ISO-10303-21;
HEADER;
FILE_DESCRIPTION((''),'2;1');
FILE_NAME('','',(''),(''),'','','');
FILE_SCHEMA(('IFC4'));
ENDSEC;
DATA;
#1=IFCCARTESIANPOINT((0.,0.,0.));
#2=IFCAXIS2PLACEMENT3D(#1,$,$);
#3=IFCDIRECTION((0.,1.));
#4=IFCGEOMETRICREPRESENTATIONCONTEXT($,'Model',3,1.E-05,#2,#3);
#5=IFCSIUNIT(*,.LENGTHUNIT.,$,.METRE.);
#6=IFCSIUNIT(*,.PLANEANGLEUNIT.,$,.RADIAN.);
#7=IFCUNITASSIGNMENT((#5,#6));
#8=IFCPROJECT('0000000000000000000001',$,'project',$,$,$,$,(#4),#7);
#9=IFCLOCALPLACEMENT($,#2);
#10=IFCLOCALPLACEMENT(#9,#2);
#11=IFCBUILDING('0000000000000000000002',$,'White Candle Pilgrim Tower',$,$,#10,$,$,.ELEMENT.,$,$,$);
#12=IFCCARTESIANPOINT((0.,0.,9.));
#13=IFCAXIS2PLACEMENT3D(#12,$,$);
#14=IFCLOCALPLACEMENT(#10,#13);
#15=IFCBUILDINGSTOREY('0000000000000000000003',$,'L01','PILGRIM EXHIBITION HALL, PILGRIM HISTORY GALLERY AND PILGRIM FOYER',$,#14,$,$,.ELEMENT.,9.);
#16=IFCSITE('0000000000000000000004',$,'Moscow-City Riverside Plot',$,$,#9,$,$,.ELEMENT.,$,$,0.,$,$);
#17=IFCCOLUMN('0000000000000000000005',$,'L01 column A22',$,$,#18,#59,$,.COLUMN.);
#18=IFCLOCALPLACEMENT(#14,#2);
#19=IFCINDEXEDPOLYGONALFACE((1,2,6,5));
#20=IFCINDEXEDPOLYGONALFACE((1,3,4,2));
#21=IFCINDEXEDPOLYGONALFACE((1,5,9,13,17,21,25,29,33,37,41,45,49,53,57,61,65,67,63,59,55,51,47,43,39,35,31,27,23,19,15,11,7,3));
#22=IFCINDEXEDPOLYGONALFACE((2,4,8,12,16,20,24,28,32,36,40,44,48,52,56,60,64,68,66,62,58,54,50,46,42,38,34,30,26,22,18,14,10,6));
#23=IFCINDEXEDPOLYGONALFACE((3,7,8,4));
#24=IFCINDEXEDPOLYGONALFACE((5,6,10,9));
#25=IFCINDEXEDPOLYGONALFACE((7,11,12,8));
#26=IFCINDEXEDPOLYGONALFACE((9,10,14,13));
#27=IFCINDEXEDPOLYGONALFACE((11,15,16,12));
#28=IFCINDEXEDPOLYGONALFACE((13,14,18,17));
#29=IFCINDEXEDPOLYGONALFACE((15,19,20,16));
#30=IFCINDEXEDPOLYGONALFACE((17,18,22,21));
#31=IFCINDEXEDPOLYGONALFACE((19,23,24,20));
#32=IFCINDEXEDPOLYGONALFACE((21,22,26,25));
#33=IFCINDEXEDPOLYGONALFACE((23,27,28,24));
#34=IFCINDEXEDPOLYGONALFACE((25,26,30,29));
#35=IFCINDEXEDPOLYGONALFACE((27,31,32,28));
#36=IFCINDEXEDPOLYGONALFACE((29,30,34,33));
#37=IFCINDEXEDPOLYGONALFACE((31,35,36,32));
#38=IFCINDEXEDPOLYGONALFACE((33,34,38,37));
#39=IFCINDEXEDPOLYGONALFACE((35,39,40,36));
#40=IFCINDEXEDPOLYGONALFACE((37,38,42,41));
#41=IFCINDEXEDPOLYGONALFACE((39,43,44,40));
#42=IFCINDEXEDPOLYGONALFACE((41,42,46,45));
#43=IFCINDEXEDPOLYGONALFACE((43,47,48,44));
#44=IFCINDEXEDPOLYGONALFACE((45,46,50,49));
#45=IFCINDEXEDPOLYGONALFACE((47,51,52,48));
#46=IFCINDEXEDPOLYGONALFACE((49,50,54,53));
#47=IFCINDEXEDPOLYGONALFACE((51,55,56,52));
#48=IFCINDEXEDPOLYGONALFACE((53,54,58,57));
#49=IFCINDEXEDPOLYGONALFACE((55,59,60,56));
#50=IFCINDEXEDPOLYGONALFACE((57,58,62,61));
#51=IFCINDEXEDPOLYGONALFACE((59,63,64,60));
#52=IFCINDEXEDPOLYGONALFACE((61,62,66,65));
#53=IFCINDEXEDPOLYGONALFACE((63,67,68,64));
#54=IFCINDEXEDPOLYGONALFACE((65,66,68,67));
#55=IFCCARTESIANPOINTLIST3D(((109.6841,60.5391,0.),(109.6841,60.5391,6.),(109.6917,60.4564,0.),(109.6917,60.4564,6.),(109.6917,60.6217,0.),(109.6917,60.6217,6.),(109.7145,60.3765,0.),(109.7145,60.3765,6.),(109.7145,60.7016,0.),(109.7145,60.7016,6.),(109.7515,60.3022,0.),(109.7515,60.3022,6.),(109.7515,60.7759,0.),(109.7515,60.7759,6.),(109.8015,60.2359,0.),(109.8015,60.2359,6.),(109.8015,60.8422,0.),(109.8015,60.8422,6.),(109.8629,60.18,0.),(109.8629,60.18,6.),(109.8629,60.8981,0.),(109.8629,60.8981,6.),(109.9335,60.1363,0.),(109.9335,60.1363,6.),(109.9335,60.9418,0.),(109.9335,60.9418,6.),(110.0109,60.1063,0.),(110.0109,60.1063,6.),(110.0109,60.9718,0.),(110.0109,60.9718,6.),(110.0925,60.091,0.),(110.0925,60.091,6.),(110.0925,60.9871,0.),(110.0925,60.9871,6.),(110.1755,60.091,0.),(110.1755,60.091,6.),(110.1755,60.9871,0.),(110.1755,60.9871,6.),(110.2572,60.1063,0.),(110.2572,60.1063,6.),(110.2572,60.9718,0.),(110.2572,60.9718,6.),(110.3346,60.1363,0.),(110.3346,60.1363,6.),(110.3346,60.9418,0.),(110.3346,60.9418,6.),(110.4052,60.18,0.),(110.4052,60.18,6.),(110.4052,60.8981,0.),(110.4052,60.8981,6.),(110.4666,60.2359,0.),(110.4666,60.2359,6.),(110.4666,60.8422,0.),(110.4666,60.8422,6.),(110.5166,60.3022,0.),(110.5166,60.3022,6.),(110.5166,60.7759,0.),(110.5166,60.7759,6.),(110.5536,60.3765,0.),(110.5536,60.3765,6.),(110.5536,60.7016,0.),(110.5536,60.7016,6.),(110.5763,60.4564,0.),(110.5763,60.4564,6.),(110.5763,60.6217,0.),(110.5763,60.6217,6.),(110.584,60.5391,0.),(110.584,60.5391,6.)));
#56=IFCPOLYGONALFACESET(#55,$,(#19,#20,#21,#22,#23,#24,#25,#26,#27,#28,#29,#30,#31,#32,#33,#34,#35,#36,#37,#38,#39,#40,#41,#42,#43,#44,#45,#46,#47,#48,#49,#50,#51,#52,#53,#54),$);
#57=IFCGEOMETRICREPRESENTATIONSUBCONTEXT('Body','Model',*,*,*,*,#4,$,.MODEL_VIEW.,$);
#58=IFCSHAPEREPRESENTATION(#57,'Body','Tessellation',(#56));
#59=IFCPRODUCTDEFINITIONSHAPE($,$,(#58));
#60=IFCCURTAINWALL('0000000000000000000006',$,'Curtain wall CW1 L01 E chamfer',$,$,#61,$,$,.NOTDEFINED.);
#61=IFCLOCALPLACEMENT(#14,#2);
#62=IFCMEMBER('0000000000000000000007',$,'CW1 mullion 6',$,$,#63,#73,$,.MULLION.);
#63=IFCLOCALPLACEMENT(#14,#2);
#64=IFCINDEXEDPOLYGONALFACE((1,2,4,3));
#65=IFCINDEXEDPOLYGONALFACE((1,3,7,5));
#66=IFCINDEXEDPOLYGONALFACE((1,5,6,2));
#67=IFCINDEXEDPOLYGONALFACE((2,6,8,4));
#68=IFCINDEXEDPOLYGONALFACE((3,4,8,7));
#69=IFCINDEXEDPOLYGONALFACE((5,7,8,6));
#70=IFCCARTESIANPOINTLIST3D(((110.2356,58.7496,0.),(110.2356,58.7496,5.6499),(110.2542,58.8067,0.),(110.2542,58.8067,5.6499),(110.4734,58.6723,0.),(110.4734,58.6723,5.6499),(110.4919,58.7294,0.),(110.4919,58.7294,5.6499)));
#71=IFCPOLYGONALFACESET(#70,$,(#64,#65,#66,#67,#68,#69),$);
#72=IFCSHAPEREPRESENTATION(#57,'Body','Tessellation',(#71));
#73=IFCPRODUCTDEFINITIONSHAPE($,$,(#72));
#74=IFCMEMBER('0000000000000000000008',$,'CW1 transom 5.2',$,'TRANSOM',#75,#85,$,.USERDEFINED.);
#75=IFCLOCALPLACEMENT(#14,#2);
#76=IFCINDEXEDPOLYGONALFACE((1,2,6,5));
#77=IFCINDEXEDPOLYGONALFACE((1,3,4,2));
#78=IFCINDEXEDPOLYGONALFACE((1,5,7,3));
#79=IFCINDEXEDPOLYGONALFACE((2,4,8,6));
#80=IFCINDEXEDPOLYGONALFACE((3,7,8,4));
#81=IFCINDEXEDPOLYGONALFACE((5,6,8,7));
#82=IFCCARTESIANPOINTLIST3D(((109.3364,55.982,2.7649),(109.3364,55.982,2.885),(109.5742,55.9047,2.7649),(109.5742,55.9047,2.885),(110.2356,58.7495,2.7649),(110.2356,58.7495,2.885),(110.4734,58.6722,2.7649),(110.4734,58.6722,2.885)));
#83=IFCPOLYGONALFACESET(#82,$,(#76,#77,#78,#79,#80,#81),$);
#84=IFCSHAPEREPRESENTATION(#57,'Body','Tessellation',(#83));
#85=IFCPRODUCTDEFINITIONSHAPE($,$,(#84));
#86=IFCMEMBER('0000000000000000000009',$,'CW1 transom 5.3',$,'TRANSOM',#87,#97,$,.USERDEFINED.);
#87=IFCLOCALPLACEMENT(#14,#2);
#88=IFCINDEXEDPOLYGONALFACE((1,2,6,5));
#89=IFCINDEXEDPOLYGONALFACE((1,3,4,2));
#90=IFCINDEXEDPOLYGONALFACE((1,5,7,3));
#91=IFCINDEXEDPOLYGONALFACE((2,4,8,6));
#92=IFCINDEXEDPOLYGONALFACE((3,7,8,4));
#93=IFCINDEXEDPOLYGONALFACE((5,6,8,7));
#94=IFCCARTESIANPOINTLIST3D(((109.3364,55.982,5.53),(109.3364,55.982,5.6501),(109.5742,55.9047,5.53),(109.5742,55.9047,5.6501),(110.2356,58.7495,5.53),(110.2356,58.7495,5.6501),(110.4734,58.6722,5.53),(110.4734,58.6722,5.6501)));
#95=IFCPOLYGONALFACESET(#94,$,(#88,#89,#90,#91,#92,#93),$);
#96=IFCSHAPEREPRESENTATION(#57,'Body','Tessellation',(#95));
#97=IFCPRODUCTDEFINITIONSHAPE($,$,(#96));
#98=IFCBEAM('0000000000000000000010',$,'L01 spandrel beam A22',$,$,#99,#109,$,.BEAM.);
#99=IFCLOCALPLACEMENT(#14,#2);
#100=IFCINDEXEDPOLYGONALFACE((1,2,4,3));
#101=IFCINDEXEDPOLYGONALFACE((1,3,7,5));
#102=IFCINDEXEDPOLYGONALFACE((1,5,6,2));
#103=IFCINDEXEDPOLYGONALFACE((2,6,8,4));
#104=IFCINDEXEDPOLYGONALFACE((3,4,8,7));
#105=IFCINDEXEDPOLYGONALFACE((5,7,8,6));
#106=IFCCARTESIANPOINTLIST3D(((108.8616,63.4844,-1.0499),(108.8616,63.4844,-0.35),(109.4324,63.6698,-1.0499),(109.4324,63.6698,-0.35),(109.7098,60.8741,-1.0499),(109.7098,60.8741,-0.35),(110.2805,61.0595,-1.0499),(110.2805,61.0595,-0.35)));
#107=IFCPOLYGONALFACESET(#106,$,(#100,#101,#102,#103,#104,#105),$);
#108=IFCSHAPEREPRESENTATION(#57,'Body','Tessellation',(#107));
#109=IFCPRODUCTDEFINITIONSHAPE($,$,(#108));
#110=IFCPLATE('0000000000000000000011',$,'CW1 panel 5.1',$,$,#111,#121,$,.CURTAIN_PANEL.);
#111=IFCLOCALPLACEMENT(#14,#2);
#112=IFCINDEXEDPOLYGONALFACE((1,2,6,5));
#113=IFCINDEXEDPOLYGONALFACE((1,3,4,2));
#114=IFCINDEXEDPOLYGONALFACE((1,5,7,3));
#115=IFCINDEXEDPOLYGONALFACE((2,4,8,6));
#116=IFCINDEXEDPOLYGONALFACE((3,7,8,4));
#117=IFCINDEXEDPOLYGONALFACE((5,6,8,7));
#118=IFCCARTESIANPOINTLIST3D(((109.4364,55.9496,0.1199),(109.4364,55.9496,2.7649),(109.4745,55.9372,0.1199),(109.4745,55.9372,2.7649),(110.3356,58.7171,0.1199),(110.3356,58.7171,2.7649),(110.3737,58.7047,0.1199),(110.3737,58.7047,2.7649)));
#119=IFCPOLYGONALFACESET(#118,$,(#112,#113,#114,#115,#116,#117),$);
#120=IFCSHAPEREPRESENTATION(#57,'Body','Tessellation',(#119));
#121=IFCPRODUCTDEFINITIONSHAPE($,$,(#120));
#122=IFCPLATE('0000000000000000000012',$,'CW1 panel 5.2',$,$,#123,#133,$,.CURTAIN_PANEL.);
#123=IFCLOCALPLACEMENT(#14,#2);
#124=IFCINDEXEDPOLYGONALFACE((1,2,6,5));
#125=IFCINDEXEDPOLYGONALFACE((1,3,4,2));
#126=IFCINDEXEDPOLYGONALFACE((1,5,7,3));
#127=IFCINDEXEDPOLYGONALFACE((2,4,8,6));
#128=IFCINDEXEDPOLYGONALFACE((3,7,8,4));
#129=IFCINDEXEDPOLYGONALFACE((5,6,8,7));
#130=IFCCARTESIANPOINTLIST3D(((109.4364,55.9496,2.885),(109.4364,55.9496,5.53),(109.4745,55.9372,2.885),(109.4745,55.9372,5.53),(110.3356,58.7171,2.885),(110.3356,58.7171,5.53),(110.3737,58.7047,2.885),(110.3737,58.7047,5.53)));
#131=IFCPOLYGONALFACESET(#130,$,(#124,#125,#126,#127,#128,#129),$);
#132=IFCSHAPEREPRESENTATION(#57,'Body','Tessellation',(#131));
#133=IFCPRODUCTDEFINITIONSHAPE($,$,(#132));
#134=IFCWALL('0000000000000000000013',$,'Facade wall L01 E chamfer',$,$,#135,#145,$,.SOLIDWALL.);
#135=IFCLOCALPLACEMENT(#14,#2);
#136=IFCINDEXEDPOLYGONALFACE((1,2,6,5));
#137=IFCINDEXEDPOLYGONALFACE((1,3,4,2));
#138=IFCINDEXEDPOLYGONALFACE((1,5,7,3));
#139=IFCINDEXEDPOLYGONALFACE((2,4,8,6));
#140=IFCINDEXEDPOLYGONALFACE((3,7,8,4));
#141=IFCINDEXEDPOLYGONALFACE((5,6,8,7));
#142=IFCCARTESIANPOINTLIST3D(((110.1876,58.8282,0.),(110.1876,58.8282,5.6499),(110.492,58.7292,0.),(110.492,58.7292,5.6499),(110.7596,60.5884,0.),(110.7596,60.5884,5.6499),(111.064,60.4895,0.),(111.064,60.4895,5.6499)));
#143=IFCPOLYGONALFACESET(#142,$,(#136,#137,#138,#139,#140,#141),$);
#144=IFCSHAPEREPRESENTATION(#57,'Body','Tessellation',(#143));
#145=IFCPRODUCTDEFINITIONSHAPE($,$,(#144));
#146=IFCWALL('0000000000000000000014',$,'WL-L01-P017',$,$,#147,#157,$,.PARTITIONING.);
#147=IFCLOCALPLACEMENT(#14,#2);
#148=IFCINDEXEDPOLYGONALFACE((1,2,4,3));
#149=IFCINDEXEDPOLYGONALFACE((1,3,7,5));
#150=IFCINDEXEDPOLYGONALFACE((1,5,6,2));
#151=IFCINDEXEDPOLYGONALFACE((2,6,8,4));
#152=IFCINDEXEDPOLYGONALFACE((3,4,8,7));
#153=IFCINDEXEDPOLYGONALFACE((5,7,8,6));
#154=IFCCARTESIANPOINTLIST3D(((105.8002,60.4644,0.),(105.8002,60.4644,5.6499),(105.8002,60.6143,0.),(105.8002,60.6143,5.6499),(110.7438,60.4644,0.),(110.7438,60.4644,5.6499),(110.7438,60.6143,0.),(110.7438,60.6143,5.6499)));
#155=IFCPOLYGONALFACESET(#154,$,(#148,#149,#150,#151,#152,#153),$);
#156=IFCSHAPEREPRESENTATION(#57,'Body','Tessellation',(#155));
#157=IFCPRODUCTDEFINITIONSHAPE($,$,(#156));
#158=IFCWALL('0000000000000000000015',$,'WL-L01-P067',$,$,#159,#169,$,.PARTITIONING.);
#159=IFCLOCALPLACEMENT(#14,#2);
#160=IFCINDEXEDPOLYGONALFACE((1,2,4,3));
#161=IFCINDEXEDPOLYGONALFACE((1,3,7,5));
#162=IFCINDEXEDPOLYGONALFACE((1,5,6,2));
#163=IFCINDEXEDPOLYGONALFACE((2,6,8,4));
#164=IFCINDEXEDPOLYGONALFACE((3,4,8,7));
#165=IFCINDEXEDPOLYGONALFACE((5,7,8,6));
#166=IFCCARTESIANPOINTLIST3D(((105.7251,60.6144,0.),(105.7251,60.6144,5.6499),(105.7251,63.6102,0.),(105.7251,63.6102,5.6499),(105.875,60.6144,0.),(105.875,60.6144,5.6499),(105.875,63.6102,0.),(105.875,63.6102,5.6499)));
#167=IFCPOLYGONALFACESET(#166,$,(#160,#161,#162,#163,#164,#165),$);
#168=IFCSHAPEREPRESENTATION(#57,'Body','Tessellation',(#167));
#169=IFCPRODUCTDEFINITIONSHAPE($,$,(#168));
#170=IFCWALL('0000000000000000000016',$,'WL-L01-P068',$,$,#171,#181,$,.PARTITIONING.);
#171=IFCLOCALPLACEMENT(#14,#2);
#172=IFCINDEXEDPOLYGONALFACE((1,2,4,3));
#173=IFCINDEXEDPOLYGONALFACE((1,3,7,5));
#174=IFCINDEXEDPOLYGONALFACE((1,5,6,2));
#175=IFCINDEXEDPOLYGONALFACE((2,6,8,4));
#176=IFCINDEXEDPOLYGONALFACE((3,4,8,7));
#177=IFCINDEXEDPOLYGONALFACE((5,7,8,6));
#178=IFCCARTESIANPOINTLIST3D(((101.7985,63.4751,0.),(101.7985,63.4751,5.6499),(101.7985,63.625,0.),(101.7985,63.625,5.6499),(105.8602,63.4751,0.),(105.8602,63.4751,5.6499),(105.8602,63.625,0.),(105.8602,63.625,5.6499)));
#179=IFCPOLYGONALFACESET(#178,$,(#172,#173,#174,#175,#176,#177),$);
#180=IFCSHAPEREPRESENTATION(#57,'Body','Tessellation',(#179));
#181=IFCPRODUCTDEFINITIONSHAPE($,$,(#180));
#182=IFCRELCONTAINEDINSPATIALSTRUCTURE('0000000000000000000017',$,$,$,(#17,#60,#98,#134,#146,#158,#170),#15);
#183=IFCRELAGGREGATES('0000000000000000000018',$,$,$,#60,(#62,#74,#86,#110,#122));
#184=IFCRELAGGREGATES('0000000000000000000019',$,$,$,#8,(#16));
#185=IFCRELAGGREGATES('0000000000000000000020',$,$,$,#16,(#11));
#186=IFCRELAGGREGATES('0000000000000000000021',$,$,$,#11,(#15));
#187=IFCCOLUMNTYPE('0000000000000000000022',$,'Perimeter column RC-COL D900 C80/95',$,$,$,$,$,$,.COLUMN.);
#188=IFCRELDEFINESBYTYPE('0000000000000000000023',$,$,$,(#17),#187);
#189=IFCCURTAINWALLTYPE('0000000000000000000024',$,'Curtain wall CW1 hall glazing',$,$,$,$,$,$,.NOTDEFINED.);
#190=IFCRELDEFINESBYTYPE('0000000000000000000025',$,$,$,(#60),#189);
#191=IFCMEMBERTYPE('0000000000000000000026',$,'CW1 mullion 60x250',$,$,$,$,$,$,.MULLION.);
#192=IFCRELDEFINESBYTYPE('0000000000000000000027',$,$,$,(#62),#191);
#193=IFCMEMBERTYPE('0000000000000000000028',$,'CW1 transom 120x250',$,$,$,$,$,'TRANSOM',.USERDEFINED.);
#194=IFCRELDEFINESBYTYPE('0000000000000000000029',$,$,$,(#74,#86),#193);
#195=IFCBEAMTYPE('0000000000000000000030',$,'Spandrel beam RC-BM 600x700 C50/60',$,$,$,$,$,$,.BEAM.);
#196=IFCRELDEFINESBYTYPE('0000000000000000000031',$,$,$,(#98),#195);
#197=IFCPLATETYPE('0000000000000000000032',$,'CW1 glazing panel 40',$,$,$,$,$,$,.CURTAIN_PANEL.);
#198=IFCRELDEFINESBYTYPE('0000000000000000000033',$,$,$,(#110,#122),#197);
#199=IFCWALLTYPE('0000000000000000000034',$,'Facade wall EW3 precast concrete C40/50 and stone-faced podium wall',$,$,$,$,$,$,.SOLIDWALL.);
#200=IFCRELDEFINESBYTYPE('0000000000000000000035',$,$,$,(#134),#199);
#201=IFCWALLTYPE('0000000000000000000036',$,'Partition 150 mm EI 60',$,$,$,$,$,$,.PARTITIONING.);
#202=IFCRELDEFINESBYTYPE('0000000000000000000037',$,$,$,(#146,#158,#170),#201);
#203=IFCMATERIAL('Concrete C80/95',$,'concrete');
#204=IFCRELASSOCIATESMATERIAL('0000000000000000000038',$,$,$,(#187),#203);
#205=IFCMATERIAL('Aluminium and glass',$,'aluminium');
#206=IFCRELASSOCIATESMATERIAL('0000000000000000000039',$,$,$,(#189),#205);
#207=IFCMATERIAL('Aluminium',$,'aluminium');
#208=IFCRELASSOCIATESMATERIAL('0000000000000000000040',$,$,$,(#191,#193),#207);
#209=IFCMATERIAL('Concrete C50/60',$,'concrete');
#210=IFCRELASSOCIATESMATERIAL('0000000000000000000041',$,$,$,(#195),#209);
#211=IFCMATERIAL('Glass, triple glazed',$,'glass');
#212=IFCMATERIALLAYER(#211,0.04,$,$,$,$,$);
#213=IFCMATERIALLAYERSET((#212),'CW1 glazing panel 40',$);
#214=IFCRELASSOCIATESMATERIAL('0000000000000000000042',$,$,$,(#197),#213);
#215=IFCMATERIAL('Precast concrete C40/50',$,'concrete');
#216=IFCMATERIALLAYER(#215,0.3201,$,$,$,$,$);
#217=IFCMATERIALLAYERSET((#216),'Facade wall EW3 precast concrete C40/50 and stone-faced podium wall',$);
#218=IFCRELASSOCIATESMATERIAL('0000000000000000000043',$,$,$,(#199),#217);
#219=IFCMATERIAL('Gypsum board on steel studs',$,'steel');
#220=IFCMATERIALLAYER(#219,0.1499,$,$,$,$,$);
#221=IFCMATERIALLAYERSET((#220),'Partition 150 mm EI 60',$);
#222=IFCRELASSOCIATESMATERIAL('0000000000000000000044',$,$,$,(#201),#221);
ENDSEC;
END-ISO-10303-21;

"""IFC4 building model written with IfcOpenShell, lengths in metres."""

from ifc_helpers import new_model, si_unit, direction, frame, frame_2d, origin, origin_2d, place, context, subcontext, project, spatial, rectangle, circle, extrude, material, layer, layer_set, material_profile, profile_set, type_object, element, aggregate, save


model = new_model("IFC4")

# Units and contexts
model_context = context("Model", 3, precision=1e-05, world=origin(), true_north=direction((0.0, 1.0)))
body_context = subcontext(model_context, "Body", "Model", "MODEL_VIEW")
ifc_project = project(units=[si_unit("LENGTHUNIT", "METRE"), si_unit("PLANEANGLEUNIT", "RADIAN")], contexts=[model_context])

# Site, building, storey
site_placement = place(None, origin())
site = spatial("IfcSite", under=ifc_project, at=site_placement, Name="Moscow-City Riverside Plot", CompositionType="ELEMENT", RefElevation=0.0)
building_placement = place(site_placement, origin())
building = spatial("IfcBuilding", under=site, at=building_placement, Name="White Candle Pilgrim Tower", CompositionType="ELEMENT")
storey_placement = place(building_placement, frame((0.0, 0.0, 9.0)))
storey = spatial("IfcBuildingStorey", under=building, at=storey_placement, Name="L01", Description="PILGRIM EXHIBITION HALL, PILGRIM HISTORY GALLERY AND PILGRIM FOYER", CompositionType="ELEMENT", Elevation=9.0)

# Column
ifc_material_1 = material(Name="Concrete C80/95", Category="concrete")
ifc_material_profile_1 = material_profile(ifc_material_1, circle(Radius=0.45, at=origin_2d()), Name="RC-COL D900")
ifc_profile_set_1 = profile_set([ifc_material_profile_1], Name="Concrete C80/95")
column_type = type_object("IfcColumnType", Name="Perimeter column RC-COL D900 C80/95", PredefinedType="COLUMN", material=ifc_profile_set_1)
column_placement = place(storey_placement, frame((110.134, 60.5391, 0.0), z_axis=(0.0, 0.0, 1.0), x_axis=(1.0, 0.0, 0.0)))
element("IfcColumn", 1, at=column_placement, inside=storey, type_object=column_type, Name="L01 column A22", PredefinedType="COLUMN", context=body_context, shape_type="SweptSolid", body=[
    extrude(circle(Radius=0.45, at=origin_2d()), origin(), (0.0, 0.0, 1.0), 6.0),
])

# Curtain wall, members
ifc_material_2 = material(Name="Aluminium and glass", Category="aluminium")
curtain_wall_type = type_object("IfcCurtainWallType", Name="Curtain wall CW1 hall glazing", PredefinedType="NOTDEFINED", material=ifc_material_2)
curtain_wall_placement = place(storey_placement, origin())
curtain_wall = element("IfcCurtainWall", 2, at=curtain_wall_placement, inside=storey, type_object=curtain_wall_type, Name="Curtain wall CW1 L01 E chamfer", PredefinedType="NOTDEFINED")
ifc_material_3 = material(Name="Aluminium", Category="aluminium")
ifc_material_profile_2 = material_profile(ifc_material_3, rectangle(XDim=0.25, YDim=0.0601, at=origin_2d()), Name="CW1 mullion 60x250")
ifc_profile_set_2 = profile_set([ifc_material_profile_2], Name="Aluminium")
member_type_1 = type_object("IfcMemberType", Name="CW1 mullion 60x250", PredefinedType="MULLION", material=ifc_profile_set_2)
member_1_placement = place(storey_placement, frame((110.3638, 58.7395, 0.0), z_axis=(0.0, 0.0, 1.0), x_axis=(-0.951057, 0.309017, 0.0)))
member_1 = element("IfcMember", 3, at=member_1_placement, type_object=member_type_1, Name="CW1 mullion 6", PredefinedType="MULLION", context=body_context, shape_type="SweptSolid", body=[
    extrude(rectangle(XDim=0.25, YDim=0.0601, at=origin_2d()), origin(), (0.0, 0.0, 1.0), 5.6499),
])
ifc_material_profile_3 = material_profile(ifc_material_3, rectangle(XDim=0.25, YDim=0.1201, at=origin_2d()), Name="CW1 transom 120x250")
ifc_profile_set_3 = profile_set([ifc_material_profile_3], Name="Aluminium")
member_type_2 = type_object("IfcMemberType", Name="CW1 transom 120x250", ElementType="TRANSOM", PredefinedType="USERDEFINED", material=ifc_profile_set_3)
member_2_placement = place(storey_placement, frame((109.4553, 55.9434, 2.825), z_axis=(0.308995, 0.951064, 0.0), x_axis=(-0.951064, 0.308995, 0.0)))
member_2 = element("IfcMember", 4, at=member_2_placement, type_object=member_type_2, Name="CW1 transom 5.2", ObjectType="TRANSOM", PredefinedType="USERDEFINED", context=body_context, shape_type="SweptSolid", body=[
    extrude(rectangle(XDim=0.25, YDim=0.1201, at=origin_2d()), origin(), (0.0, 0.0, 1.0), 2.9099),
])
member_3_placement = place(storey_placement, frame((109.4553, 55.9434, 5.5901), z_axis=(0.308995, 0.951064, 0.0), x_axis=(-0.951064, 0.308995, 0.0)))
member_3 = element("IfcMember", 5, at=member_3_placement, type_object=member_type_2, Name="CW1 transom 5.3", ObjectType="TRANSOM", PredefinedType="USERDEFINED", context=body_context, shape_type="SweptSolid", body=[
    extrude(rectangle(XDim=0.25, YDim=0.1201, at=origin_2d()), origin(), (0.0, 0.0, 1.0), 2.9099),
])

# Beam
ifc_material_4 = material(Name="Concrete C50/60", Category="concrete")
ifc_material_profile_4 = material_profile(ifc_material_4, rectangle(XDim=0.6001, YDim=0.7, at=origin_2d()), Name="RC-BM 600x700")
ifc_profile_set_4 = profile_set([ifc_material_profile_4], Name="Concrete C50/60")
beam_type = type_object("IfcBeamType", Name="Spandrel beam RC-BM 600x700 C50/60", PredefinedType="BEAM", material=ifc_profile_set_4)
beam_placement = place(storey_placement, frame((109.9951, 60.9668, -0.7), z_axis=(-0.309014, 0.951058, 0.0), x_axis=(-0.951058, -0.309014, 0.0)))
element("IfcBeam", 6, at=beam_placement, inside=storey, type_object=beam_type, Name="L01 spandrel beam A22", PredefinedType="BEAM", context=body_context, shape_type="SweptSolid", body=[
    extrude(rectangle(XDim=0.6001, YDim=0.7, at=origin_2d()), origin(), (0.0, 0.0, 1.0), 2.7446),
])

# Plates
ifc_material_5 = material(Name="Glass, triple glazed", Category="glass")
ifc_layer_1 = layer(ifc_material_5, 0.04)
ifc_layer_set_1 = layer_set([ifc_layer_1], Name="CW1 glazing panel 40")
plate_type = type_object("IfcPlateType", Name="CW1 glazing panel 40", PredefinedType="CURTAIN_PANEL", material=ifc_layer_set_1)
plate_1_placement = place(storey_placement, frame((109.905, 57.3271, 0.1199), z_axis=(0.0, 0.0, 1.0), x_axis=(0.309017, 0.951057, 0.0)))
plate_1 = element("IfcPlate", 7, at=plate_1_placement, type_object=plate_type, Name="CW1 panel 5.1", PredefinedType="CURTAIN_PANEL", context=body_context, shape_type="SweptSolid", body=[
    extrude(rectangle(XDim=2.9099, YDim=0.04, at=origin_2d()), origin(), (0.0, 0.0, 1.0), 2.645),
])
plate_2_placement = place(storey_placement, frame((109.905, 57.3271, 2.885), z_axis=(0.0, 0.0, 1.0), x_axis=(0.309017, 0.951057, 0.0)))
plate_2 = element("IfcPlate", 8, at=plate_2_placement, type_object=plate_type, Name="CW1 panel 5.2", PredefinedType="CURTAIN_PANEL", context=body_context, shape_type="SweptSolid", body=[
    extrude(rectangle(XDim=2.9099, YDim=0.04, at=origin_2d()), origin(), (0.0, 0.0, 1.0), 2.645),
])
aggregate(curtain_wall, [member_1, member_2, member_3, plate_1, plate_2])

# Wall
ifc_material_6 = material(Name="Precast concrete C40/50", Category="concrete")
ifc_layer_2 = layer(ifc_material_6, 0.3201)
ifc_layer_set_2 = layer_set([ifc_layer_2], Name="Facade wall EW3 precast concrete C40/50 and stone-faced podium wall")
wall_type_1 = type_object("IfcWallType", Name="Facade wall EW3 precast concrete C40/50 and stone-faced podium wall", PredefinedType="SOLIDWALL", material=ifc_layer_set_2)
wall_1_placement = place(storey_placement, frame((110.3398, 58.7788, 0.0), z_axis=(0.0, 0.0, 1.0), x_axis=(0.309056, 0.951044, 0.0)))
element("IfcWall", 9, at=wall_1_placement, inside=storey, type_object=wall_type_1, Name="Facade wall L01 E chamfer", PredefinedType="SOLIDWALL", context=body_context, shape_type="SweptSolid", body=[
    extrude(rectangle(XDim=1.8508, YDim=0.3201, at=frame_2d((0.9253, 0.0))), origin(), (0.0, 0.0, 1.0), 5.6499),
])

# Walls
ifc_material_7 = material(Name="Gypsum board on steel studs", Category="steel")
ifc_layer_3 = layer(ifc_material_7, 0.1499)
ifc_layer_set_3 = layer_set([ifc_layer_3], Name="Partition 150 mm EI 60")
wall_type_2 = type_object("IfcWallType", Name="Partition 150 mm EI 60", PredefinedType="PARTITIONING", material=ifc_layer_set_3)
wall_2_placement = place(storey_placement, frame((110.7437, 60.5393, 0.0), z_axis=(0.0, 0.0, 1.0), x_axis=(-1.0, 0.0, 0.0)))
element("IfcWall", 10, at=wall_2_placement, inside=storey, type_object=wall_type_2, Name="WL-L01-P017", PredefinedType="PARTITIONING", context=body_context, shape_type="SweptSolid", body=[
    extrude(rectangle(XDim=4.9436, YDim=0.1499, at=frame_2d((2.4717, 0.0))), origin(), (0.0, 0.0, 1.0), 5.6499),
])
wall_3_placement = place(storey_placement, frame((105.8, 60.6143, 0.0), z_axis=(0.0, 0.0, 1.0), x_axis=(0.0, 1.0, 0.0)))
element("IfcWall", 11, at=wall_3_placement, inside=storey, type_object=wall_type_2, Name="WL-L01-P067", PredefinedType="PARTITIONING", context=body_context, shape_type="SweptSolid", body=[
    extrude(rectangle(XDim=2.9958, YDim=0.1499, at=frame_2d((1.498, 0.0))), origin(), (0.0, 0.0, 1.0), 5.6499),
])
wall_4_placement = place(storey_placement, frame((105.8601, 63.55, 0.0), z_axis=(0.0, 0.0, 1.0), x_axis=(-1.0, 0.0, 0.0)))
element("IfcWall", 12, at=wall_4_placement, inside=storey, type_object=wall_type_2, Name="WL-L01-P068", PredefinedType="PARTITIONING", context=body_context, shape_type="SweptSolid", body=[
    extrude(rectangle(XDim=4.0618, YDim=0.1499, at=frame_2d((2.0308, 0.0))), origin(), (0.0, 0.0, 1.0), 5.6499),
])

save(model, "model.ifc")
